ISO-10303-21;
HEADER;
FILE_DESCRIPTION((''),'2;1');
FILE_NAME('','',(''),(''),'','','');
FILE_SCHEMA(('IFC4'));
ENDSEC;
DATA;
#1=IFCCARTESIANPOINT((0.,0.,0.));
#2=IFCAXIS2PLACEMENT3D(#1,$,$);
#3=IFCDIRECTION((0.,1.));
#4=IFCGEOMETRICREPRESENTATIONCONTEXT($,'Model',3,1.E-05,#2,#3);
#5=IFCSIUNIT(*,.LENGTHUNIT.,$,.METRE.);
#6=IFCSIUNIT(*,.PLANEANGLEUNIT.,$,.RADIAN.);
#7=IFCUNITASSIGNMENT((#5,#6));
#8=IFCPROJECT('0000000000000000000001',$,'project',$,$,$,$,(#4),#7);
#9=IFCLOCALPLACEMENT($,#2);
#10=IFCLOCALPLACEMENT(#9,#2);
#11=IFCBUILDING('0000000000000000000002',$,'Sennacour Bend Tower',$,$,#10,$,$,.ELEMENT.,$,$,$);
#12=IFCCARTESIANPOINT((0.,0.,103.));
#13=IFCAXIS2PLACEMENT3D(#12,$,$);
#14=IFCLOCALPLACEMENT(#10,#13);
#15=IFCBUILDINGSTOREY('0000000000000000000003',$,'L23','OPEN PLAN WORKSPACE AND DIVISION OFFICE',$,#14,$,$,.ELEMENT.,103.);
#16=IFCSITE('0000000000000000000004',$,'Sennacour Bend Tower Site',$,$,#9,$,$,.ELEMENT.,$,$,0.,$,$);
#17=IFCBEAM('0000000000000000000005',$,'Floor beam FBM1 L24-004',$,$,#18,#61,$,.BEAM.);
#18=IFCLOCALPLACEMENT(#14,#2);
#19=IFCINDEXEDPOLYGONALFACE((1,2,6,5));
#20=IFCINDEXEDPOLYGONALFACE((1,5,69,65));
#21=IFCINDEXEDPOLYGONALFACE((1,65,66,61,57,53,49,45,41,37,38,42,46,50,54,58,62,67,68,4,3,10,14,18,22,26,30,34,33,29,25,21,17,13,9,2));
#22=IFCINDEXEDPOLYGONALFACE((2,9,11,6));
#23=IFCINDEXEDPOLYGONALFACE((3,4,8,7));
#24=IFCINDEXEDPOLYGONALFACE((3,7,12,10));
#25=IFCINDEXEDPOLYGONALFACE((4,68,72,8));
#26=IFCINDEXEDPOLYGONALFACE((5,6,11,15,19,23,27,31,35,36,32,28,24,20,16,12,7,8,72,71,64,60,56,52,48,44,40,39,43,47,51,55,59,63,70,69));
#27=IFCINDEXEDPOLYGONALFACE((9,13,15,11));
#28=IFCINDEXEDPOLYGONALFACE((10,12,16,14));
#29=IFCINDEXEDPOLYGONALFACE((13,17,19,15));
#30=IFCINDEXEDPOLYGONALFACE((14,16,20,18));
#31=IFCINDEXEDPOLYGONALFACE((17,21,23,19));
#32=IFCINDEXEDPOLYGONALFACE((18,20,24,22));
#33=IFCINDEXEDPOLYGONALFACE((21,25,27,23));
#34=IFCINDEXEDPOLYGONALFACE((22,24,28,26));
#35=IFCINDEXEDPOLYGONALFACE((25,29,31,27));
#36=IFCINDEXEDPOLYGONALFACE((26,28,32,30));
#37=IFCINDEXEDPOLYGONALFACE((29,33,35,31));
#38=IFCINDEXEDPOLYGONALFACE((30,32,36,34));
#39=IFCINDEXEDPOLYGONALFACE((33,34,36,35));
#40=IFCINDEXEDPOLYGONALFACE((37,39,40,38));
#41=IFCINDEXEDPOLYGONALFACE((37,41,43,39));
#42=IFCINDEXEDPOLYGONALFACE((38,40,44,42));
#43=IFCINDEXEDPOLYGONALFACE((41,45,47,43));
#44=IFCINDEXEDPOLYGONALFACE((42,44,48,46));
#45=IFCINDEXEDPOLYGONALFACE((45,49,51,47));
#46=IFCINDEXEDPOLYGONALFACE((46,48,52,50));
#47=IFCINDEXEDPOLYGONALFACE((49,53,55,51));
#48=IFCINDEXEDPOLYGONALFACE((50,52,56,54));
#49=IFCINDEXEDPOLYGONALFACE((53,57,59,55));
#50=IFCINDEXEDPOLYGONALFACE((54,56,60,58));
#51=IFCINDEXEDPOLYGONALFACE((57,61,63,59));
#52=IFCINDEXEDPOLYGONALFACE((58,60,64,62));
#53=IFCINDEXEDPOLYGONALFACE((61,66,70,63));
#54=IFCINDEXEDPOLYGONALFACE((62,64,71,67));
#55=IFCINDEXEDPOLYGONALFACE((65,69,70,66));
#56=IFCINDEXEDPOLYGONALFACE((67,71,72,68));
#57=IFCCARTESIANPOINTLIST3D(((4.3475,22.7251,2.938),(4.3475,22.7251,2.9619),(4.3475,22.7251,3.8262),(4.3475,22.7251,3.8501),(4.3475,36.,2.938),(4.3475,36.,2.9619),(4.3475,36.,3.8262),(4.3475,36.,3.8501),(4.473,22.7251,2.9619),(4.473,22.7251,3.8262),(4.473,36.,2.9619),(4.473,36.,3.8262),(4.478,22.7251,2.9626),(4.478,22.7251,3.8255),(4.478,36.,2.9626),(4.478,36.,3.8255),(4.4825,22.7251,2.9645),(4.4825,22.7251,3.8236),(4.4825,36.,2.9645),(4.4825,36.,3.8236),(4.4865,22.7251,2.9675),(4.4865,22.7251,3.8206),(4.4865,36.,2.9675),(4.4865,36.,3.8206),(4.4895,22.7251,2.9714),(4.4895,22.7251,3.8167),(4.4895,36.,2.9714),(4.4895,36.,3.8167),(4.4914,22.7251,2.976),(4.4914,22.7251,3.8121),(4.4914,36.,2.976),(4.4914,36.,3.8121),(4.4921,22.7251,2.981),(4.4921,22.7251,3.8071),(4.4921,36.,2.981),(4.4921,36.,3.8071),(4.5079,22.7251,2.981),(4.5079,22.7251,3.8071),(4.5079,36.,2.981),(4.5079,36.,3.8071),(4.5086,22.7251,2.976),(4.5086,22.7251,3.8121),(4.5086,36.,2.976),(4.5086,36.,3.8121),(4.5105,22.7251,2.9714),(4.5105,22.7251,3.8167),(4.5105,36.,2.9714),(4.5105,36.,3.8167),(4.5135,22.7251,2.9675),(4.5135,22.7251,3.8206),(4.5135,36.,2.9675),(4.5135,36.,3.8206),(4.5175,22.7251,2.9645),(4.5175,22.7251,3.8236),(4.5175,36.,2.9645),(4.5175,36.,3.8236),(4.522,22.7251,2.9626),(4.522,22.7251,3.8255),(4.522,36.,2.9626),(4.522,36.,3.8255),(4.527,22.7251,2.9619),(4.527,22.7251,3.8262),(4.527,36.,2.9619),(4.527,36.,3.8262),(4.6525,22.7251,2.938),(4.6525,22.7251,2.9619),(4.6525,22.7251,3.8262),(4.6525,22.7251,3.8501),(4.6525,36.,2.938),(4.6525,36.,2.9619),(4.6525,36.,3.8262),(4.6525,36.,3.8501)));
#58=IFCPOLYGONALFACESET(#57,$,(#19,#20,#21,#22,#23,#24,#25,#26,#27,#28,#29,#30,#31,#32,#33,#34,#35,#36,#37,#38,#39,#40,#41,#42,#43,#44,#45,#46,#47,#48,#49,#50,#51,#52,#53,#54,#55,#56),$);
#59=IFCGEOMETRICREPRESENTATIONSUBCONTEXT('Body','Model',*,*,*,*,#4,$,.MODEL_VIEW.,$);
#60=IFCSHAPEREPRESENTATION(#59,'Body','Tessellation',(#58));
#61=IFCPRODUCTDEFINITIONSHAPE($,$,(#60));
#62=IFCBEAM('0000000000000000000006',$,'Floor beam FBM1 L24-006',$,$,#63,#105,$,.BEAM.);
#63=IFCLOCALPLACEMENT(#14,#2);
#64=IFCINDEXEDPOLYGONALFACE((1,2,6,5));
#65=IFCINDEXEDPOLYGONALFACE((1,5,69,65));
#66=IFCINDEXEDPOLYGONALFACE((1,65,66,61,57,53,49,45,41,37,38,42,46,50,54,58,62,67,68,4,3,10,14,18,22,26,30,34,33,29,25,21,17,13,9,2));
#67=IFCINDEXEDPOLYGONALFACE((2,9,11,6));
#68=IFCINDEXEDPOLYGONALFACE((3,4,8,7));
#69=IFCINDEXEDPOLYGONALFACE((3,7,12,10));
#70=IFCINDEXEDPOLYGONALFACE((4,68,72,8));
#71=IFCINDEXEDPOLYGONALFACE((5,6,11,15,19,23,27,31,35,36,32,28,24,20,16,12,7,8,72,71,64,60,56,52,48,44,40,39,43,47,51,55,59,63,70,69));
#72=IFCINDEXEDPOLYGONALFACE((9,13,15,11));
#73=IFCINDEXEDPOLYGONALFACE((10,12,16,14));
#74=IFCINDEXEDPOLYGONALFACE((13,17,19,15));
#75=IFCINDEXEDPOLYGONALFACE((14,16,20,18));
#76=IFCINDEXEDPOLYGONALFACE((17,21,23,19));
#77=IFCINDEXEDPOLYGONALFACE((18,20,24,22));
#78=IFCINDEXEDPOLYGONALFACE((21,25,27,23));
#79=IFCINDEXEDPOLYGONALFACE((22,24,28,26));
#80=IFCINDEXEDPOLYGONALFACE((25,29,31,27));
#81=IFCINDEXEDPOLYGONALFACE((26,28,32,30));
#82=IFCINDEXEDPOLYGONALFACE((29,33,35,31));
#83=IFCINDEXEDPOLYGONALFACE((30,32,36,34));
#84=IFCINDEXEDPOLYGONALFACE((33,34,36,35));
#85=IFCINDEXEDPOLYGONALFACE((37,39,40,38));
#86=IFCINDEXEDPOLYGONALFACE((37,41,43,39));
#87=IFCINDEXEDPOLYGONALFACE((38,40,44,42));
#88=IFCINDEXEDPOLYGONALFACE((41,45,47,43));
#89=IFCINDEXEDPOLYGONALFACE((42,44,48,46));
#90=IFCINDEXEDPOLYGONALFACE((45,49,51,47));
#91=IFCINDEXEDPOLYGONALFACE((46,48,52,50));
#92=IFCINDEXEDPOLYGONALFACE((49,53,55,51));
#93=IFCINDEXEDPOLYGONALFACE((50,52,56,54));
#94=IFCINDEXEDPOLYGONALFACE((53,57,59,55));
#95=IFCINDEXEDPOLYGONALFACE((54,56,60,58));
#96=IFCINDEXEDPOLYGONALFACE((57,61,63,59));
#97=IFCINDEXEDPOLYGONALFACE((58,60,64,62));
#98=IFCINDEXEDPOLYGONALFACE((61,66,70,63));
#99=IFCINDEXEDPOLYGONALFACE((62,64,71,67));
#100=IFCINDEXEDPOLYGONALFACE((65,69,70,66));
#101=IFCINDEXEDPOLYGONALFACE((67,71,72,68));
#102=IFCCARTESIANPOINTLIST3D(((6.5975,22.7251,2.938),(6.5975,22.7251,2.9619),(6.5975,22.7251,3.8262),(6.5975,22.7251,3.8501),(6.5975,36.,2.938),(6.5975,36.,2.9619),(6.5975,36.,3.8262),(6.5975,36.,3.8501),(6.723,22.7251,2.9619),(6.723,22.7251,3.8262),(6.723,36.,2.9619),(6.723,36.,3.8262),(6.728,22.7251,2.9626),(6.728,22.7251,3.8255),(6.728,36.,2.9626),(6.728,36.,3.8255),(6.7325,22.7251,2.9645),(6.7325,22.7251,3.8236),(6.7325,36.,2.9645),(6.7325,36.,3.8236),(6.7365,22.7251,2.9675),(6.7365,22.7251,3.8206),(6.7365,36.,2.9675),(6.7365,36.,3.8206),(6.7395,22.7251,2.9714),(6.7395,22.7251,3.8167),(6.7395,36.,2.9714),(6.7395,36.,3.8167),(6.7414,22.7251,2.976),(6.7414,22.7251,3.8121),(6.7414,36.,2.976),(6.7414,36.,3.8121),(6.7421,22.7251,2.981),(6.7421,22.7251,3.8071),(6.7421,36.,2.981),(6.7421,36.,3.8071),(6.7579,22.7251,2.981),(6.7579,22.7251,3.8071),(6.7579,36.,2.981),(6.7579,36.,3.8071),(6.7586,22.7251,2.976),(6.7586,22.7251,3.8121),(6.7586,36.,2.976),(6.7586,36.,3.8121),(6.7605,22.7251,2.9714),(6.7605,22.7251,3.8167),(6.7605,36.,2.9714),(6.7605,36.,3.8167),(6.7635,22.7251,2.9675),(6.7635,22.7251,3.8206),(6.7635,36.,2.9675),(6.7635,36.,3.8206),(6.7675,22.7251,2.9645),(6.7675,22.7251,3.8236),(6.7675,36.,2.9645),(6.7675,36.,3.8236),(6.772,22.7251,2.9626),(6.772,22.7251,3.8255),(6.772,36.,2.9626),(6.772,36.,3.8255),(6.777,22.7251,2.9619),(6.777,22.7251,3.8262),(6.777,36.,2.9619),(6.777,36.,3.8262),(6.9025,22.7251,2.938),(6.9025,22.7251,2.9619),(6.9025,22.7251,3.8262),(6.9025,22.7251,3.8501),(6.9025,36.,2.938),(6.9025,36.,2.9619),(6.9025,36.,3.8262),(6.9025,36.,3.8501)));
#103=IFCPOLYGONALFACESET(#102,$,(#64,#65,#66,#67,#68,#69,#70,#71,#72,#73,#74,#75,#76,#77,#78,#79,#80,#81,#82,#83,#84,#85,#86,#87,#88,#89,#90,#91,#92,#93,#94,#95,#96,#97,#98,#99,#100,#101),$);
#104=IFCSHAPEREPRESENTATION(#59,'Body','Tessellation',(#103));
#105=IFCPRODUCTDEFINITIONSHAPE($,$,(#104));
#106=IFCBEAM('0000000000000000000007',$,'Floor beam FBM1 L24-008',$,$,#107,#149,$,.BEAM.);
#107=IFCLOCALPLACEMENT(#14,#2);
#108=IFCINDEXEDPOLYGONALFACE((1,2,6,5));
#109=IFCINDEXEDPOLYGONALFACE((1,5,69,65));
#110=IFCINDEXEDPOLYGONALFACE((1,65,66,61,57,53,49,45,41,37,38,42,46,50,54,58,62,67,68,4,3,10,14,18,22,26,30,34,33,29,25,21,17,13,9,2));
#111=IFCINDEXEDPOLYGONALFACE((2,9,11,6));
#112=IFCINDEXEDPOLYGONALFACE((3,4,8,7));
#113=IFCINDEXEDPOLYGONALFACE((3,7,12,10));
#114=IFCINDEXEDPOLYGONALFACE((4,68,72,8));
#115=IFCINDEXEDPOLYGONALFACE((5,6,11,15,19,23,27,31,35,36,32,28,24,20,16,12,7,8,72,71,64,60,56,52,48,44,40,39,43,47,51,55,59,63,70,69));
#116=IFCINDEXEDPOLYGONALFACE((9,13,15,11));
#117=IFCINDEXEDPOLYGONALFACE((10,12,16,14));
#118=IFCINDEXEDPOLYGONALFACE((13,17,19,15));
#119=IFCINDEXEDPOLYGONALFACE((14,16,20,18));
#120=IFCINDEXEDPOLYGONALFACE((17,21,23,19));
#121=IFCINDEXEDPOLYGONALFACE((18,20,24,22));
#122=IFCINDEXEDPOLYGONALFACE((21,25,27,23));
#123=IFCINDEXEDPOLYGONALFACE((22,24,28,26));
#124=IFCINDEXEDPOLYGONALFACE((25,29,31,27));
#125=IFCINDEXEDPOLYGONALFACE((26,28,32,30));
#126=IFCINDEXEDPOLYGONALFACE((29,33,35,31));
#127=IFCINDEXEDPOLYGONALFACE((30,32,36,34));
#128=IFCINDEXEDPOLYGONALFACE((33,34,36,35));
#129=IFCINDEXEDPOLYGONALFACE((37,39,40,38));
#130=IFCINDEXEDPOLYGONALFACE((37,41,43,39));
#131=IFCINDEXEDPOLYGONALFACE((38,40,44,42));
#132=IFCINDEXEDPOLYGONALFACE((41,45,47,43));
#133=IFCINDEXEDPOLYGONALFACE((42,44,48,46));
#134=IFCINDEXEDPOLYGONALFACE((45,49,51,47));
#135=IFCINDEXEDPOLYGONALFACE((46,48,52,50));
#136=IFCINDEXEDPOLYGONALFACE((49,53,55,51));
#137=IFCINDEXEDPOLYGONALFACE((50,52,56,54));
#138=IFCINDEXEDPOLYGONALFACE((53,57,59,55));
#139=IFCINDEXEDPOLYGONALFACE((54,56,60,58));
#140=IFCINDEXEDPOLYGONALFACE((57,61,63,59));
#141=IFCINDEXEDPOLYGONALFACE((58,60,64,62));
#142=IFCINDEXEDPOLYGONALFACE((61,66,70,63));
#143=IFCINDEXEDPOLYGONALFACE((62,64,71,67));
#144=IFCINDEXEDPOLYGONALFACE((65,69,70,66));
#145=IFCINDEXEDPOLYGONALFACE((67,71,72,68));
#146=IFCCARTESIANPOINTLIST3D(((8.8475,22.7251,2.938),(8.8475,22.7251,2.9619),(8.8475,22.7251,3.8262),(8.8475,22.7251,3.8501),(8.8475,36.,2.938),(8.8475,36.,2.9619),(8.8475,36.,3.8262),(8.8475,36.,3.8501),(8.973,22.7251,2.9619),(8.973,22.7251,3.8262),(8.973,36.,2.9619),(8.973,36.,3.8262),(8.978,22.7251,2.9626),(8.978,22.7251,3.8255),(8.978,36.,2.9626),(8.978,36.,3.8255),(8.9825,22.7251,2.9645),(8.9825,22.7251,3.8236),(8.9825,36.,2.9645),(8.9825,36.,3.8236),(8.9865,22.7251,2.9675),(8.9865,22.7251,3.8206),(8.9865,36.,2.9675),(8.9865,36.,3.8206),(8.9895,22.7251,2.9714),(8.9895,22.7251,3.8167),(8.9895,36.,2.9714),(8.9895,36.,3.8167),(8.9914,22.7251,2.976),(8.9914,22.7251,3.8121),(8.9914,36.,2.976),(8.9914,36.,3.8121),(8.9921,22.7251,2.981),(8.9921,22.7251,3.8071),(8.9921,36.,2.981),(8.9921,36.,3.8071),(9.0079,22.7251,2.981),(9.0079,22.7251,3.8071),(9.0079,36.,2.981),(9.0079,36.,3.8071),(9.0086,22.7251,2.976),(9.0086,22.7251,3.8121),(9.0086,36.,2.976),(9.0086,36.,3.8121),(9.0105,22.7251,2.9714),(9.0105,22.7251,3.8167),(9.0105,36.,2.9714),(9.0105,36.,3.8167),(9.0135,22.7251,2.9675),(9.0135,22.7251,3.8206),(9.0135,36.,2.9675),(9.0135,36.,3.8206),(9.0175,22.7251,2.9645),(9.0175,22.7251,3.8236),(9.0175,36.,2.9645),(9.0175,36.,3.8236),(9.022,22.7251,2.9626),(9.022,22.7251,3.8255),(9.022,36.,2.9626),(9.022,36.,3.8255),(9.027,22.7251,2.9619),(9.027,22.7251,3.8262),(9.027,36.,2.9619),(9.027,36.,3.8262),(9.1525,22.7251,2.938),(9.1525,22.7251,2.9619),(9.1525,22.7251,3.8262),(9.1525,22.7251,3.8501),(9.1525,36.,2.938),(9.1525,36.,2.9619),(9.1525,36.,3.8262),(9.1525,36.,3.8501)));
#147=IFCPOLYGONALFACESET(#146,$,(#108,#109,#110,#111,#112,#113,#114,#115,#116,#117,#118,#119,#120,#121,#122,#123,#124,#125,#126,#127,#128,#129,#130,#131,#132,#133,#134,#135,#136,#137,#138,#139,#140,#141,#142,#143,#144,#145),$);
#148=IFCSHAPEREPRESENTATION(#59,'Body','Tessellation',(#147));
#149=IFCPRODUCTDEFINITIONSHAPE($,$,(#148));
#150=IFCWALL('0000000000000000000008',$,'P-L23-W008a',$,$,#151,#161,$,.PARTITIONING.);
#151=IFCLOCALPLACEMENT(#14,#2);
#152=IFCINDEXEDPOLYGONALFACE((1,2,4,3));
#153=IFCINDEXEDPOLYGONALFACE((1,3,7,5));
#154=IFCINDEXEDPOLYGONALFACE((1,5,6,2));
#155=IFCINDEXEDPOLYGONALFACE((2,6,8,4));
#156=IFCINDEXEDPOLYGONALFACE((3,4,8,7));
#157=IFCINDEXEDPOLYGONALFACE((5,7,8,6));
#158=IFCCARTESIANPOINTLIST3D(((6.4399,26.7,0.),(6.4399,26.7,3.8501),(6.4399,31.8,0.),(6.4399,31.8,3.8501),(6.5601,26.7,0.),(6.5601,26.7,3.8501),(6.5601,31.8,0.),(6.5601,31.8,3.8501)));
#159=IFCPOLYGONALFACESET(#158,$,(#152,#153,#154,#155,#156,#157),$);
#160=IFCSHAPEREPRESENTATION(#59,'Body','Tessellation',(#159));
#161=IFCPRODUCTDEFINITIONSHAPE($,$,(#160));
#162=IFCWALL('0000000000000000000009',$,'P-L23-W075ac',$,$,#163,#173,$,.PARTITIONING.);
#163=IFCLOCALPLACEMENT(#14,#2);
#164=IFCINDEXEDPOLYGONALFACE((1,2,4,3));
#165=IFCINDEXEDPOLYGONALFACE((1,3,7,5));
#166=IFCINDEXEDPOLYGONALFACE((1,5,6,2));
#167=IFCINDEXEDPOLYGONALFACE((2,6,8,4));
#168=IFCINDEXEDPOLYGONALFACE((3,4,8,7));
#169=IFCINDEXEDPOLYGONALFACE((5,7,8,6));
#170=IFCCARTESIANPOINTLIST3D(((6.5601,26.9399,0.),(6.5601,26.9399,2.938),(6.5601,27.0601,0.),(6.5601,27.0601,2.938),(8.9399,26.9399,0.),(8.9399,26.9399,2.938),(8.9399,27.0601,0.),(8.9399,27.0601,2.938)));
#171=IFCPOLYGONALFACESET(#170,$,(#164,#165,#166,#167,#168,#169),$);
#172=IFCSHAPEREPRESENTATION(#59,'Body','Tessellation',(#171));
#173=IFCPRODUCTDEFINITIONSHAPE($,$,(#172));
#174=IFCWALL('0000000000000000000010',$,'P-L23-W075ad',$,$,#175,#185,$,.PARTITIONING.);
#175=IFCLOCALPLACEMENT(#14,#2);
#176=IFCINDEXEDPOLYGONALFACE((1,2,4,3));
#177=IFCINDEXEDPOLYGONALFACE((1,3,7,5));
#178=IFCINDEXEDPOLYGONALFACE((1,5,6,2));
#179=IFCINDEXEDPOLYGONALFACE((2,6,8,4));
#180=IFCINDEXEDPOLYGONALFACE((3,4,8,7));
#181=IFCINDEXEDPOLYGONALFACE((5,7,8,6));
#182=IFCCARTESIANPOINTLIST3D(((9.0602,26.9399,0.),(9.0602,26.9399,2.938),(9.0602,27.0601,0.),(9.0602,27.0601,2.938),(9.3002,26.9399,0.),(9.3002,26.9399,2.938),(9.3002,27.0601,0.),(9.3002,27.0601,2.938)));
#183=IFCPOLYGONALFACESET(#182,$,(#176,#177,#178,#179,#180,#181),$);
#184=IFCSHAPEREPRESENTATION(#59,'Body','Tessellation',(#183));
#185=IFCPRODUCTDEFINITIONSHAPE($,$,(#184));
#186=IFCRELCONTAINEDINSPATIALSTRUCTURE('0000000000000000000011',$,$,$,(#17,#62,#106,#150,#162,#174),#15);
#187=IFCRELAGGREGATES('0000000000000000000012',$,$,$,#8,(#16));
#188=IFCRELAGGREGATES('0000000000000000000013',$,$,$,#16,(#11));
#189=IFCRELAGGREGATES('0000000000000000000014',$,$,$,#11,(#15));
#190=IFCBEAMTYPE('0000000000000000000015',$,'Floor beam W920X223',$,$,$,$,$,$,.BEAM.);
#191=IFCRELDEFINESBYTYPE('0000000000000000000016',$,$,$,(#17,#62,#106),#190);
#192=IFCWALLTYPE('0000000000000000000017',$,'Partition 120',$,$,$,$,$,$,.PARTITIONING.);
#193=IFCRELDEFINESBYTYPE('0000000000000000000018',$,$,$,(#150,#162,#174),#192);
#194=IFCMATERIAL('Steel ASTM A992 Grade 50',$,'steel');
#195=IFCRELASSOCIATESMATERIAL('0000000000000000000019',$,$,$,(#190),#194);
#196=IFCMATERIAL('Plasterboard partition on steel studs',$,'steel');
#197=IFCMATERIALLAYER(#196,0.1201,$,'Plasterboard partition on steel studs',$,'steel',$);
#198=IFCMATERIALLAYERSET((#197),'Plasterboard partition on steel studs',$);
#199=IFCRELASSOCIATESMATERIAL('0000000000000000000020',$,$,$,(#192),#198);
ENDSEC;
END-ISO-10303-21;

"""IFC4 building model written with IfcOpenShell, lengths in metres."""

from ifc_helpers import new_model, si_unit, direction, frame, frame_2d, origin, origin_2d, place, context, subcontext, project, spatial, rectangle, i_section, extrude, material, layer, layer_set, material_profile, profile_set, type_object, element, save


model = new_model("IFC4")

# Units and contexts
model_context = context("Model", 3, precision=1e-05, world=origin(), true_north=direction((0.0, 1.0)))
body_context = subcontext(model_context, "Body", "Model", "MODEL_VIEW")
ifc_project = project(units=[si_unit("LENGTHUNIT", "METRE"), si_unit("PLANEANGLEUNIT", "RADIAN")], contexts=[model_context])

# Site, building, storey
site_placement = place(None, origin())
site = spatial("IfcSite", under=ifc_project, at=site_placement, Name="Sennacour Bend Tower Site", CompositionType="ELEMENT", RefElevation=0.0)
building_placement = place(site_placement, origin())
building = spatial("IfcBuilding", under=site, at=building_placement, Name="Sennacour Bend Tower", CompositionType="ELEMENT")
storey_placement = place(building_placement, frame((0.0, 0.0, 103.0)))
storey = spatial("IfcBuildingStorey", under=building, at=storey_placement, Name="L23", Description="OPEN PLAN WORKSPACE AND DIVISION OFFICE", CompositionType="ELEMENT", Elevation=103.0)

# Beams
ifc_material_1 = material(Name="Steel ASTM A992 Grade 50", Category="steel")
ifc_material_profile = material_profile(ifc_material_1, i_section(OverallWidth=0.3049, OverallDepth=0.9121, WebThickness=0.0159, FlangeThickness=0.0239, FilletRadius=0.019, at=origin_2d()), Name="Steel ASTM A992 Grade 50", Category="steel")
ifc_profile_set = profile_set([ifc_material_profile], Name="Steel ASTM A992 Grade 50")
beam_type = type_object("IfcBeamType", Name="Floor beam W920X223", PredefinedType="BEAM", material=ifc_profile_set)
for number, where, z_axis, x_axis, name in (
    (1, (4.5, 22.7251, 3.394), (0.0, 1.0, 0.0), (-1.0, 0.0, 0.0), "Floor beam FBM1 L24-004"),
    (2, (6.75, 22.7251, 3.394), (0.0, 1.0, 0.0), (-1.0, 0.0, 0.0), "Floor beam FBM1 L24-006"),
    (3, (9.0, 22.7251, 3.394), (0.0, 1.0, 0.0), (-1.0, 0.0, 0.0), "Floor beam FBM1 L24-008"),
):
    element("IfcBeam", number, at=place(storey_placement, frame(where, z_axis=z_axis, x_axis=x_axis)), inside=storey, type_object=beam_type, Name=name, PredefinedType="BEAM", context=body_context, shape_type="SweptSolid", body=[
        extrude(i_section(OverallWidth=0.3049, OverallDepth=0.9121, WebThickness=0.0159, FlangeThickness=0.0239, FilletRadius=0.019, at=origin_2d()), origin(), (0.0, 0.0, 1.0), 13.2749),
    ])

# Walls
ifc_material_2 = material(Name="Plasterboard partition on steel studs", Category="steel")
ifc_layer_1 = layer(ifc_material_2, 0.1201, Name="Plasterboard partition on steel studs", Category="steel")
ifc_layer_set_1 = layer_set([ifc_layer_1], Name="Plasterboard partition on steel studs")
wall_type_1 = type_object("IfcWallType", Name="Partition 120", PredefinedType="PARTITIONING", material=ifc_layer_set_1)
wall_1_placement = place(storey_placement, frame((6.5, 26.7, 0.0), z_axis=(0.0, 0.0, 1.0), x_axis=(0.0, 1.0, 0.0)))
element("IfcWall", 4, at=wall_1_placement, inside=storey, type_object=wall_type_1, Name="P-L23-W008a", PredefinedType="PARTITIONING", context=body_context, shape_type="SweptSolid", body=[
    extrude(rectangle(XDim=5.1001, YDim=0.1201, at=frame_2d((2.55, 0.0))), origin(), (0.0, 0.0, 1.0), 3.8501),
])
wall_2_placement = place(storey_placement, frame((6.5601, 27.0, 0.0), z_axis=(0.0, 0.0, 1.0), x_axis=(1.0, 0.0, 0.0)))
element("IfcWall", 5, at=wall_2_placement, inside=storey, type_object=wall_type_1, Name="P-L23-W075ac", PredefinedType="PARTITIONING", context=body_context, shape_type="SweptSolid", body=[
    extrude(rectangle(XDim=2.3799, YDim=0.1201, at=frame_2d((1.1899, 0.0))), origin(), (0.0, 0.0, 1.0), 2.938),
])
wall_3_placement = place(storey_placement, frame((9.0601, 27.0, 0.0), z_axis=(0.0, 0.0, 1.0), x_axis=(1.0, 0.0, 0.0)))
element("IfcWall", 6, at=wall_3_placement, inside=storey, type_object=wall_type_1, Name="P-L23-W075ad", PredefinedType="PARTITIONING", context=body_context, shape_type="SweptSolid", body=[
    extrude(rectangle(XDim=0.24, YDim=0.1201, at=frame_2d((0.1201, 0.0))), origin(), (0.0, 0.0, 1.0), 2.938),
])

save(model, "model.ifc")
